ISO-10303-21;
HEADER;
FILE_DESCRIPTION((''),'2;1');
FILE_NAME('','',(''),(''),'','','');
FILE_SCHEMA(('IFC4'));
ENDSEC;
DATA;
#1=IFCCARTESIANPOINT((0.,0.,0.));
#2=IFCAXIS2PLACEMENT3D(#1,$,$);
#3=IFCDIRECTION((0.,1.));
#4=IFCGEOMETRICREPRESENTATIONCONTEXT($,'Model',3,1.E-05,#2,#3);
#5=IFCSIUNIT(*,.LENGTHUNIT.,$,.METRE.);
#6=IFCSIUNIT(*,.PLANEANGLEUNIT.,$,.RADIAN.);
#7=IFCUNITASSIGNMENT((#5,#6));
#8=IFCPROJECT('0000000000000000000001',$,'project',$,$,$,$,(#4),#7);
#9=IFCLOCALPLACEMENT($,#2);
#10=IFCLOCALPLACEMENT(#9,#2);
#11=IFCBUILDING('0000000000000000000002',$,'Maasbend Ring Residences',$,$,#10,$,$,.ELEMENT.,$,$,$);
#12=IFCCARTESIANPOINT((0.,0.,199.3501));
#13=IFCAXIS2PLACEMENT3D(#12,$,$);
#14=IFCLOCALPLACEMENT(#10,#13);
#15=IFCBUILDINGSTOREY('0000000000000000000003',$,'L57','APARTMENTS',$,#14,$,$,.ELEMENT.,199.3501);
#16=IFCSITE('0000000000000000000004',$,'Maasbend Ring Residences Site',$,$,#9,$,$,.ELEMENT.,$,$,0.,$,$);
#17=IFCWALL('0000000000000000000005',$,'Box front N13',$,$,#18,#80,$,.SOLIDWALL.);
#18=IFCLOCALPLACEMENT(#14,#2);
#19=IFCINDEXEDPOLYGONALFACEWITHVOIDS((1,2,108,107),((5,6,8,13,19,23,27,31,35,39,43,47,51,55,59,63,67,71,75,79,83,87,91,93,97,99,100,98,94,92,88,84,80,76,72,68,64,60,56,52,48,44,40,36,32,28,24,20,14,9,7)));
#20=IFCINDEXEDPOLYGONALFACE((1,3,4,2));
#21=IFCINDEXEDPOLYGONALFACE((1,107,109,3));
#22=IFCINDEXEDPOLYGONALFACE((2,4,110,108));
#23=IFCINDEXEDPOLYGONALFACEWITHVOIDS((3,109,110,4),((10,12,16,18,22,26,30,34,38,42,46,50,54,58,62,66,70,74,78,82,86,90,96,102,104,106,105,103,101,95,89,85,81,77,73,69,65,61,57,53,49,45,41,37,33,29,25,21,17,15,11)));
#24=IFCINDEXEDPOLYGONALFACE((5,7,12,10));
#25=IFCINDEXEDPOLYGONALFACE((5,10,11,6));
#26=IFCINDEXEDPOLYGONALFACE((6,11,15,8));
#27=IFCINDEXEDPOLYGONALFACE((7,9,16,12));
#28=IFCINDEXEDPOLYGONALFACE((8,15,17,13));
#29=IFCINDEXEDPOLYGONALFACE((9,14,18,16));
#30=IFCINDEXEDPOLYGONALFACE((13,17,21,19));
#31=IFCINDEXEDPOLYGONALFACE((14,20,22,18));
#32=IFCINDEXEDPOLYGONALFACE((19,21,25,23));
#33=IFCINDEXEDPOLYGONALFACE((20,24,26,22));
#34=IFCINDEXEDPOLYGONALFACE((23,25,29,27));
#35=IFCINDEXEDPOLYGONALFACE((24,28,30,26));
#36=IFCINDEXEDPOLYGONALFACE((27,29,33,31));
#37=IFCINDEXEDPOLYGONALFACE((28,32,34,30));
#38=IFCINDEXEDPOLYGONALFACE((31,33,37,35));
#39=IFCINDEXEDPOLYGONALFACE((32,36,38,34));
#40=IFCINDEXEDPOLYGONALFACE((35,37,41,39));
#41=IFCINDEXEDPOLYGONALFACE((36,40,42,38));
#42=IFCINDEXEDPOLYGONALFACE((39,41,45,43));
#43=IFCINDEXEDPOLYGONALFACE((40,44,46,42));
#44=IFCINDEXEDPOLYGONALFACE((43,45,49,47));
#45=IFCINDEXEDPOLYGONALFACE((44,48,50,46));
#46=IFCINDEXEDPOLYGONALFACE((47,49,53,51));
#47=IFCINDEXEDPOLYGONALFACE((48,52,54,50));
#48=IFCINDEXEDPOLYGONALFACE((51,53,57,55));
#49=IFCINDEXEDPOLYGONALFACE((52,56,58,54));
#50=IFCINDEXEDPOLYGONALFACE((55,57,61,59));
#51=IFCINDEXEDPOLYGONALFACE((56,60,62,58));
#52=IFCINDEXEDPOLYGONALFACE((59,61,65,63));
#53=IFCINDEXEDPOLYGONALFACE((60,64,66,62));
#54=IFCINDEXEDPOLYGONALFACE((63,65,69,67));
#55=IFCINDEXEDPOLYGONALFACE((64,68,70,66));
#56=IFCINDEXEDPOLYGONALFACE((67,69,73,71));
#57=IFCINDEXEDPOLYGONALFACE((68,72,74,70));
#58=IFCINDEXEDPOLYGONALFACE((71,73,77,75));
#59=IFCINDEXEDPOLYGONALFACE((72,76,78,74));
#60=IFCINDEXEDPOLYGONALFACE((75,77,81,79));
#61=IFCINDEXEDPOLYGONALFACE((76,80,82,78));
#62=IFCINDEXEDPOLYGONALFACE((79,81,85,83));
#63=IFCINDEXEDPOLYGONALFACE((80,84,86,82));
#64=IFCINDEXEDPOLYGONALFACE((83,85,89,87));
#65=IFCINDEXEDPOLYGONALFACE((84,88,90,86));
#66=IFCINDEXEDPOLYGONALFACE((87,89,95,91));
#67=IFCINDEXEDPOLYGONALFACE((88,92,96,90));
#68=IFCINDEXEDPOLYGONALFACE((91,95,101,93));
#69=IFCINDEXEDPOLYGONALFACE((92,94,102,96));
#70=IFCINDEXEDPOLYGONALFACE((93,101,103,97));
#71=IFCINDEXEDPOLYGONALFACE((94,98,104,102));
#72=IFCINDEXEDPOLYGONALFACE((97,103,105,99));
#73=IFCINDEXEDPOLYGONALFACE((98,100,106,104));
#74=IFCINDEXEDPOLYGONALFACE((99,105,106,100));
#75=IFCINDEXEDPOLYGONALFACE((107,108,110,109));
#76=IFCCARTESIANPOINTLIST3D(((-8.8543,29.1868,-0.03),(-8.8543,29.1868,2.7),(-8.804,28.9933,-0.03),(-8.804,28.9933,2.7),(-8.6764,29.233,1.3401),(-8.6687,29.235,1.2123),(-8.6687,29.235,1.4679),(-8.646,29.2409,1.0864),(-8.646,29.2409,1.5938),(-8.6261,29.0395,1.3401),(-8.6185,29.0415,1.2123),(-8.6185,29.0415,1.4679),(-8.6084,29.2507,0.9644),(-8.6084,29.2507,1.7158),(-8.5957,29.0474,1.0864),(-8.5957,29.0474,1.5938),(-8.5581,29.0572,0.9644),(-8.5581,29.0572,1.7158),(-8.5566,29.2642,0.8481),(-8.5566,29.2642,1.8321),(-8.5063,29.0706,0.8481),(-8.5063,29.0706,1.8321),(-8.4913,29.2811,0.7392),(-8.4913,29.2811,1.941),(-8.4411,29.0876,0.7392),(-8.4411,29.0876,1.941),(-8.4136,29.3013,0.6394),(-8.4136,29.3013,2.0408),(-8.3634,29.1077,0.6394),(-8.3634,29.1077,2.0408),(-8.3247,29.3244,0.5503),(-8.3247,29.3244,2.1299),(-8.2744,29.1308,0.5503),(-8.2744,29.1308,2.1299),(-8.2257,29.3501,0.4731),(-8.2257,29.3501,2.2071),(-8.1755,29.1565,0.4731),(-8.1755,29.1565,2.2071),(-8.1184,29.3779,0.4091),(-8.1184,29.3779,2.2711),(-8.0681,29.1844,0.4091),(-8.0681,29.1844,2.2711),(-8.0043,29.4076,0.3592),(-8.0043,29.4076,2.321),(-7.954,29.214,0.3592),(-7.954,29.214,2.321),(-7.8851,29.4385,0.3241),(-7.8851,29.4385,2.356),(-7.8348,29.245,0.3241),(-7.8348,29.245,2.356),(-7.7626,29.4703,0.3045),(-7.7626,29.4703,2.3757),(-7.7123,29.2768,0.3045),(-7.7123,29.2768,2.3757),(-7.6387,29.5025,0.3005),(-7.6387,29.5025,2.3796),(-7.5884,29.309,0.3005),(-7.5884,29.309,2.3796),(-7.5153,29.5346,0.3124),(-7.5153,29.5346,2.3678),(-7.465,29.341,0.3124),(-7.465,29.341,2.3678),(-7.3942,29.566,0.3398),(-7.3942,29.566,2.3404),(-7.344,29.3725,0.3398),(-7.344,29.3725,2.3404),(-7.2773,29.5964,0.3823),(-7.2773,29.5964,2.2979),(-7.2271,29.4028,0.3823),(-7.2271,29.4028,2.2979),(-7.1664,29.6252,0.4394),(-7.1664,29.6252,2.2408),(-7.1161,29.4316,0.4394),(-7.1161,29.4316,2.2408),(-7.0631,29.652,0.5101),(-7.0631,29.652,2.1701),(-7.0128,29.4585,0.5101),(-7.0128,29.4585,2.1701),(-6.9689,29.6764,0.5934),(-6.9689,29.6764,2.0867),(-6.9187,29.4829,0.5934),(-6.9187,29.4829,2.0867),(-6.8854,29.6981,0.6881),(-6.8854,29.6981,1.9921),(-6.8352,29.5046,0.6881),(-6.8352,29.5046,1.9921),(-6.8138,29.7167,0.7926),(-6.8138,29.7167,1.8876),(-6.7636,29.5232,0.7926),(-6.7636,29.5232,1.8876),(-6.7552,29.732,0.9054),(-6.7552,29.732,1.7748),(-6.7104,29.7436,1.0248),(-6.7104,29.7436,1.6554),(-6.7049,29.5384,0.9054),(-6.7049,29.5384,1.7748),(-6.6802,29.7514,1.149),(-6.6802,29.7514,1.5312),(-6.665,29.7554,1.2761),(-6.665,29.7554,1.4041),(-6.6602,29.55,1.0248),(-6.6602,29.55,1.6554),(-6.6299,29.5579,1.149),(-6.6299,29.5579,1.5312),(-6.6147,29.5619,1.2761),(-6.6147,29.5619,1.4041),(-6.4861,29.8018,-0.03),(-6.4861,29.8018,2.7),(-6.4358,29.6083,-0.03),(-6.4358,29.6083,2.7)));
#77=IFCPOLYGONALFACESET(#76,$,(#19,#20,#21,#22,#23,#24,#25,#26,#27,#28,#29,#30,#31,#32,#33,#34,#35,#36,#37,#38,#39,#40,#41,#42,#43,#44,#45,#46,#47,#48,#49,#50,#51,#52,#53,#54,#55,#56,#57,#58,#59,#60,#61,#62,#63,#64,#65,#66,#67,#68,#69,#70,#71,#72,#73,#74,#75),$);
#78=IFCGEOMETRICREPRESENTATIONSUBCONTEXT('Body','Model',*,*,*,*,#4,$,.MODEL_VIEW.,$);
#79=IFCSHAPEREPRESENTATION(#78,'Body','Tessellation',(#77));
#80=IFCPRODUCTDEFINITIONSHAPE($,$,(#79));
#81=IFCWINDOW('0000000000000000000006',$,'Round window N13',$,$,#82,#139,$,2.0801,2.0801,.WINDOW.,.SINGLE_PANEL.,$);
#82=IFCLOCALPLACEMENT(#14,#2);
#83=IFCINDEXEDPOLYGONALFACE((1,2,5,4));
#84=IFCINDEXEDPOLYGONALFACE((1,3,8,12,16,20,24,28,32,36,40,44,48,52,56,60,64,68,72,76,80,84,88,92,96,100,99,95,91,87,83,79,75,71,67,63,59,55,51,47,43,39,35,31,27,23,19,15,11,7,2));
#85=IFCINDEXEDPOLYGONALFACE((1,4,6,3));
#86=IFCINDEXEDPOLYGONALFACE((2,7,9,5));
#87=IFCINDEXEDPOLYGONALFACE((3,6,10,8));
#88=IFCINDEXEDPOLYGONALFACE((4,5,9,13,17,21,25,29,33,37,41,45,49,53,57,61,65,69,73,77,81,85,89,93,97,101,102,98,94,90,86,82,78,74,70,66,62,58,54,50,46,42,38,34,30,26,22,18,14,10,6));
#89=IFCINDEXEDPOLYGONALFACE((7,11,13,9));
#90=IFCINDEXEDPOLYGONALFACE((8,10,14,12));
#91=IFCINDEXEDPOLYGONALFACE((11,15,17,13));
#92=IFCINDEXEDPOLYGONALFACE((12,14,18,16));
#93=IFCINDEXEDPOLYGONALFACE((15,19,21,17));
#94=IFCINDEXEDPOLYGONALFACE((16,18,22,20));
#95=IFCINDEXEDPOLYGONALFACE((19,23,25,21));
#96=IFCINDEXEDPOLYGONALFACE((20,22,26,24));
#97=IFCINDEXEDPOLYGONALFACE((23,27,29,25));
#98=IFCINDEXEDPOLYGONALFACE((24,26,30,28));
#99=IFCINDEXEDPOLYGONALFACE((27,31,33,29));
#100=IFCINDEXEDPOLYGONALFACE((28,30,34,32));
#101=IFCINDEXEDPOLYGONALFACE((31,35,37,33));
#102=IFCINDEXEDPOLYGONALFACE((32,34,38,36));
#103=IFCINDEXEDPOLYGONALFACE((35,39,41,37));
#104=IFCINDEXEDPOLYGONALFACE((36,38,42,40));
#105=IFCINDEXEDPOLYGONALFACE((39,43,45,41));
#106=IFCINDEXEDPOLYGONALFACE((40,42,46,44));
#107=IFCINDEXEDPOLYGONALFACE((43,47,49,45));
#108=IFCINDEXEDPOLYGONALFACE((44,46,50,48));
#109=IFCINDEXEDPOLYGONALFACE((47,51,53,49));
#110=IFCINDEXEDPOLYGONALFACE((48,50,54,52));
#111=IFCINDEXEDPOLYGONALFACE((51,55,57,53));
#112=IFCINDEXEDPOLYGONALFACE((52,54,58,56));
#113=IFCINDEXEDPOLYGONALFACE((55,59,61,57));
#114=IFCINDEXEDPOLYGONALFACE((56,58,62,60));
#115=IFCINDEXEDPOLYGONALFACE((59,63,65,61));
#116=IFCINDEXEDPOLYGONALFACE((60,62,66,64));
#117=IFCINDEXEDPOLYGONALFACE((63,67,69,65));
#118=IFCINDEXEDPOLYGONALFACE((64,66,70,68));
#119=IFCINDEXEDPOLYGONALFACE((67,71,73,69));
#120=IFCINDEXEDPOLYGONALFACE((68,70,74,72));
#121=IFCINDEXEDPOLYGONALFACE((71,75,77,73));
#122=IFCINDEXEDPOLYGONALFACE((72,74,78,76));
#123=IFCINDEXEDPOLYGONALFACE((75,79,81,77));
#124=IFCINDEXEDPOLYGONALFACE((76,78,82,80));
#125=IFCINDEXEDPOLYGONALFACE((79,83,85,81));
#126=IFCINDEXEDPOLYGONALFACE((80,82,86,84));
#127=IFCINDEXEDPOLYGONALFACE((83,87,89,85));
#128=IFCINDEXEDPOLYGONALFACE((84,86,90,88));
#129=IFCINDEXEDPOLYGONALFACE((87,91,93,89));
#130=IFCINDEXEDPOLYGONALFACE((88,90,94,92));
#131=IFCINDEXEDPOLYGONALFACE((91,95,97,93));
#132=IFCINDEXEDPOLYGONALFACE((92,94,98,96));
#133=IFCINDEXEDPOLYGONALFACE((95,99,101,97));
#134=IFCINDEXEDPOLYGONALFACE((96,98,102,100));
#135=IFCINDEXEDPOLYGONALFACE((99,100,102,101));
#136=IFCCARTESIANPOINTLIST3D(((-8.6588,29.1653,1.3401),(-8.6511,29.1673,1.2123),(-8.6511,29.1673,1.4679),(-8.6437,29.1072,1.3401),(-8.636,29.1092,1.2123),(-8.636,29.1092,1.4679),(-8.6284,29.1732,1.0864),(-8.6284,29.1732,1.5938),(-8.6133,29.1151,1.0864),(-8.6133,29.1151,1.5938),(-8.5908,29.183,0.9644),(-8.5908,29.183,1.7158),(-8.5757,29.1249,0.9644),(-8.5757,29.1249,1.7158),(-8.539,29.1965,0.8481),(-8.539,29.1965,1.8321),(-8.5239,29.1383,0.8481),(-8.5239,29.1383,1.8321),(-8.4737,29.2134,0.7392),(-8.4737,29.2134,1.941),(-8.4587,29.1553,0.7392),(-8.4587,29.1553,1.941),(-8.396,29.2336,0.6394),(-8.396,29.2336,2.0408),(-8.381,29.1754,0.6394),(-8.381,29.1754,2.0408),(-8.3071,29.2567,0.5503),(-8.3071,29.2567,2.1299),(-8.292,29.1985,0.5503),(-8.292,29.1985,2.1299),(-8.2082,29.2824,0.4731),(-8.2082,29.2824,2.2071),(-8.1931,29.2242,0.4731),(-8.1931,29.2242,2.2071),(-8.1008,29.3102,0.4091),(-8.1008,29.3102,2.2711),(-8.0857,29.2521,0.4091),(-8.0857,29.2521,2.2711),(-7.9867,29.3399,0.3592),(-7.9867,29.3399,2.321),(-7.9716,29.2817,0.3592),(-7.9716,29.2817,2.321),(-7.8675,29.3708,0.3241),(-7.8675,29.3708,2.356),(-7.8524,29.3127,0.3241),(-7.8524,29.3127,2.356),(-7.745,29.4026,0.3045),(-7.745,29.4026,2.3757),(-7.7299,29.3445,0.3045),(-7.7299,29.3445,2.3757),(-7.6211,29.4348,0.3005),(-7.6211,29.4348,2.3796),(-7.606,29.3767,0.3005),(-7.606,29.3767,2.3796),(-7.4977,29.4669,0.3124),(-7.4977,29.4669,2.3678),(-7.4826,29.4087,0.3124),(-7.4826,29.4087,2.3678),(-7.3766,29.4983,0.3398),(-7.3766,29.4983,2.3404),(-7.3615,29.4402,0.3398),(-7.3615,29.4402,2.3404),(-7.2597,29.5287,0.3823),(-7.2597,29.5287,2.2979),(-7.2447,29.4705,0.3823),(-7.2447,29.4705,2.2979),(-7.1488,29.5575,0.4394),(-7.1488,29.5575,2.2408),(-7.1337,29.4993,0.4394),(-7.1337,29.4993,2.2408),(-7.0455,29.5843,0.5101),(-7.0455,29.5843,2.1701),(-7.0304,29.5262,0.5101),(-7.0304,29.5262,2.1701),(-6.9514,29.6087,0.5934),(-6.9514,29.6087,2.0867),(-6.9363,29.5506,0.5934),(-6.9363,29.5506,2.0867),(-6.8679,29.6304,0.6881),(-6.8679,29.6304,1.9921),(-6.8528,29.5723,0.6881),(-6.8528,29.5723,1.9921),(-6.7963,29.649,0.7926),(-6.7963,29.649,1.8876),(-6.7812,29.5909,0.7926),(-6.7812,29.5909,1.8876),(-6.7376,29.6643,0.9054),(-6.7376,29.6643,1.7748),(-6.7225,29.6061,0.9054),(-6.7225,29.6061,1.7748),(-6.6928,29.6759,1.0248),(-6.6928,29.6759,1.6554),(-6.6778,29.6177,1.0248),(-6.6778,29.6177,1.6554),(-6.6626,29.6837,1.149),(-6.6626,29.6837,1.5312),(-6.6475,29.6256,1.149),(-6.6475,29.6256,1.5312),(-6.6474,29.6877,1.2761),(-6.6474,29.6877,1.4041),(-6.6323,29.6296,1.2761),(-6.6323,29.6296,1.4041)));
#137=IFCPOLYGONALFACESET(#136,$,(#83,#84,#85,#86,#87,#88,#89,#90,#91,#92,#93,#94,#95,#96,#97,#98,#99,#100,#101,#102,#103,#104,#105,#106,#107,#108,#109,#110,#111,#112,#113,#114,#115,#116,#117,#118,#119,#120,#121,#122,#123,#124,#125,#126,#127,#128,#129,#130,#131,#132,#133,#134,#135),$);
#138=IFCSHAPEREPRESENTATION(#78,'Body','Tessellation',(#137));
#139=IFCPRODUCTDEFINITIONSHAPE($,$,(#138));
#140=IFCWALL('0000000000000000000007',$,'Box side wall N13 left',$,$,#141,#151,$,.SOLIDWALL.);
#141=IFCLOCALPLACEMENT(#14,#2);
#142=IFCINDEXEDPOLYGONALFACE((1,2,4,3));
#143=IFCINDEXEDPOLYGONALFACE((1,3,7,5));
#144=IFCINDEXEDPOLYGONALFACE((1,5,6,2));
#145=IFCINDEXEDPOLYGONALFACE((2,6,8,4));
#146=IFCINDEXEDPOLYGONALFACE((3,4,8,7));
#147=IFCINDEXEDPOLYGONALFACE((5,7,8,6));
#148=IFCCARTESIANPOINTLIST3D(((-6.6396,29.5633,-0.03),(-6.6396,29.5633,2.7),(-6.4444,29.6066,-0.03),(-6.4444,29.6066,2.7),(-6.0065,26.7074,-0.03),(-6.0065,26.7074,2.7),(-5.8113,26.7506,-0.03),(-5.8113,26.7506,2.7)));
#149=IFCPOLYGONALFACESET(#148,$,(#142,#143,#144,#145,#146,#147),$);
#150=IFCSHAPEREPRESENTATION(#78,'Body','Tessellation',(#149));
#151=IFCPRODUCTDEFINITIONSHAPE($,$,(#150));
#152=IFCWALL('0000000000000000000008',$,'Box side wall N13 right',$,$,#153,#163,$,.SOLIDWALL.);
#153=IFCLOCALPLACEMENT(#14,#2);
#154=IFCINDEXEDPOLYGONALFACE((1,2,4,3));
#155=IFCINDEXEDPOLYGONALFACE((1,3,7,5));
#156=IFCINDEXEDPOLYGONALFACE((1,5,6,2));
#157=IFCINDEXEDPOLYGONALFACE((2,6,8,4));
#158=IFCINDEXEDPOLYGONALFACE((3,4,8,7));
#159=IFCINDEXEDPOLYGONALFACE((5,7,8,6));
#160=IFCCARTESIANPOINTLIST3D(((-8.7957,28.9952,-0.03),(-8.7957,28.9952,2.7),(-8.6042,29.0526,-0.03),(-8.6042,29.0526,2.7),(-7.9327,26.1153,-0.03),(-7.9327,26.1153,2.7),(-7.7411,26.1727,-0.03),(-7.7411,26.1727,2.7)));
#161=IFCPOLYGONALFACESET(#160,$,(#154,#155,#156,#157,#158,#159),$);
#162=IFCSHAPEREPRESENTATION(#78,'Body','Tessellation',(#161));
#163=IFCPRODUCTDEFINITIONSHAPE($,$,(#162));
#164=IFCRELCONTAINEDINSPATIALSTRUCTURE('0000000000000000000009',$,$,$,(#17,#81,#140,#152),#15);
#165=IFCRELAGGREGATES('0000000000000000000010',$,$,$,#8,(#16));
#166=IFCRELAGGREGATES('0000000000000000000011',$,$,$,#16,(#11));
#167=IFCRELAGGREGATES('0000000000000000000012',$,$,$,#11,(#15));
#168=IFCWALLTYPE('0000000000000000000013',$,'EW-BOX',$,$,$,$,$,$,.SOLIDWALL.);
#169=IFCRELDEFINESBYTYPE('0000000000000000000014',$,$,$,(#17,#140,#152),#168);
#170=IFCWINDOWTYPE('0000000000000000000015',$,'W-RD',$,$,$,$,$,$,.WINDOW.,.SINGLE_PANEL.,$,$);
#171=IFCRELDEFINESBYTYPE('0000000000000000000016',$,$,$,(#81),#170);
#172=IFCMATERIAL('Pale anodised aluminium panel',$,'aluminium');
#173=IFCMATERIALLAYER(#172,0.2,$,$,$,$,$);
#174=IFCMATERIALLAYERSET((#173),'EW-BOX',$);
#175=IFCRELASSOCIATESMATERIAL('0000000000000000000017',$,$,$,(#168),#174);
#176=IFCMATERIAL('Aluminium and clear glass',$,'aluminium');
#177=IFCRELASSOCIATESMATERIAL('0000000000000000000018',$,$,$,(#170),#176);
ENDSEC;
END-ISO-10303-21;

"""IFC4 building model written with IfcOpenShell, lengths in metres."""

from ifc_helpers import new_model, si_unit, direction, frame, frame_2d, origin, place, context, subcontext, project, spatial, rectangle, circle, extrude, material, layer, layer_set, type_object, element, fill, save


model = new_model("IFC4")

# Units and contexts
model_context = context("Model", 3, precision=1e-05, world=origin(), true_north=direction((0.0, 1.0)))
body_context = subcontext(model_context, "Body", "Model", "MODEL_VIEW")
ifc_project = project(units=[si_unit("LENGTHUNIT", "METRE"), si_unit("PLANEANGLEUNIT", "RADIAN")], contexts=[model_context])

# Site, building, storey
site_placement = place(None, origin())
site = spatial("IfcSite", under=ifc_project, at=site_placement, Name="Maasbend Ring Residences Site", CompositionType="ELEMENT", RefElevation=0.0)
building_placement = place(site_placement, origin())
building = spatial("IfcBuilding", under=site, at=building_placement, Name="Maasbend Ring Residences", CompositionType="ELEMENT")
storey_placement = place(building_placement, frame((0.0, 0.0, 199.3501)))
storey = spatial("IfcBuildingStorey", under=building, at=storey_placement, Name="L57", Description="APARTMENTS", CompositionType="ELEMENT", Elevation=199.3501)

# Shared definitions
ifc_material_1 = material(Name="Pale anodised aluminium panel", Category="aluminium")
ifc_layer_1 = layer(ifc_material_1, 0.2)
ifc_layer_set_1 = layer_set([ifc_layer_1], Name="EW-BOX")
wall_type_1 = type_object("IfcWallType", Name="EW-BOX", PredefinedType="SOLIDWALL", material=ifc_layer_set_1)

# Wall, opening, window
wall_1_placement = place(storey_placement, frame((-6.4609, 29.7051, -0.03), z_axis=(0.0, 0.0, 1.0), x_axis=(-0.967895, -0.251353, 0.0)))
wall_1 = element("IfcWall", 1, at=wall_1_placement, inside=storey, type_object=wall_type_1, Name="Box front N13", PredefinedType="SOLIDWALL", context=body_context, shape_type="SweptSolid", body=[
    extrude(rectangle(XDim=2.4468, YDim=0.2, at=frame_2d((1.2234, 0.0))), origin(), (0.0, 0.0, 1.0), 2.73),
])
opening_1_placement = place(wall_1_placement, frame((0.1829, 0.0, 0.3301)))
opening_1 = element("IfcOpeningElement", 2, at=opening_1_placement, cuts=wall_1, PredefinedType="OPENING", context=body_context, shape_type="SweptSolid", body=[
    extrude(circle(Radius=1.04, at=frame_2d((1.04, 1.04))), frame((0.0, 0.1099, 0.0), z_axis=(0.0, -1.0, 0.0), x_axis=(1.0, 0.0, 0.0)), (0.0, 0.0, 1.0), 0.22),
])
ifc_material_2 = material(Name="Aluminium and clear glass", Category="aluminium")
window_type_1 = type_object("IfcWindowType", Name="W-RD", PartitioningType="SINGLE_PANEL", PredefinedType="WINDOW", material=ifc_material_2)
window_1_placement = place(opening_1_placement, origin())
window_1 = element("IfcWindow", 3, at=window_1_placement, inside=storey, type_object=window_type_1, Name="Round window N13", OverallHeight=2.0801, OverallWidth=2.0801, PartitioningType="SINGLE_PANEL", PredefinedType="WINDOW", context=body_context, shape_type="SweptSolid", body=[
    extrude(circle(Radius=1.04, at=frame_2d((1.04, 1.04))), frame((0.0, 0.03, 0.0), z_axis=(0.0, -1.0, 0.0), x_axis=(1.0, 0.0, 0.0)), (0.0, 0.0, 1.0), 0.0601),
])
fill(opening_1, window_1)

# Walls
wall_2_placement = place(storey_placement, frame((-5.9089, 26.729, -0.03), z_axis=(0.0, 0.0, 1.0), x_axis=(-0.216409, 0.976303, 0.0)))
element("IfcWall", 4, at=wall_2_placement, inside=storey, type_object=wall_type_1, Name="Box side wall N13 left", PredefinedType="SOLIDWALL", context=body_context, shape_type="SweptSolid", body=[
    extrude(rectangle(XDim=2.9253, YDim=0.2, at=frame_2d((1.4626, 0.0))), origin(), (0.0, 0.0, 1.0), 2.73),
])
wall_3_placement = place(storey_placement, frame((-7.8369, 26.144, -0.03), z_axis=(0.0, 0.0, 1.0), x_axis=(-0.287065, 0.957911, 0.0)))
element("IfcWall", 5, at=wall_3_placement, inside=storey, type_object=wall_type_1, Name="Box side wall N13 right", PredefinedType="SOLIDWALL", context=body_context, shape_type="SweptSolid", body=[
    extrude(rectangle(XDim=3.0063, YDim=0.2, at=frame_2d((1.5032, 0.0))), origin(), (0.0, 0.0, 1.0), 2.73),
])

save(model, "model.ifc")
